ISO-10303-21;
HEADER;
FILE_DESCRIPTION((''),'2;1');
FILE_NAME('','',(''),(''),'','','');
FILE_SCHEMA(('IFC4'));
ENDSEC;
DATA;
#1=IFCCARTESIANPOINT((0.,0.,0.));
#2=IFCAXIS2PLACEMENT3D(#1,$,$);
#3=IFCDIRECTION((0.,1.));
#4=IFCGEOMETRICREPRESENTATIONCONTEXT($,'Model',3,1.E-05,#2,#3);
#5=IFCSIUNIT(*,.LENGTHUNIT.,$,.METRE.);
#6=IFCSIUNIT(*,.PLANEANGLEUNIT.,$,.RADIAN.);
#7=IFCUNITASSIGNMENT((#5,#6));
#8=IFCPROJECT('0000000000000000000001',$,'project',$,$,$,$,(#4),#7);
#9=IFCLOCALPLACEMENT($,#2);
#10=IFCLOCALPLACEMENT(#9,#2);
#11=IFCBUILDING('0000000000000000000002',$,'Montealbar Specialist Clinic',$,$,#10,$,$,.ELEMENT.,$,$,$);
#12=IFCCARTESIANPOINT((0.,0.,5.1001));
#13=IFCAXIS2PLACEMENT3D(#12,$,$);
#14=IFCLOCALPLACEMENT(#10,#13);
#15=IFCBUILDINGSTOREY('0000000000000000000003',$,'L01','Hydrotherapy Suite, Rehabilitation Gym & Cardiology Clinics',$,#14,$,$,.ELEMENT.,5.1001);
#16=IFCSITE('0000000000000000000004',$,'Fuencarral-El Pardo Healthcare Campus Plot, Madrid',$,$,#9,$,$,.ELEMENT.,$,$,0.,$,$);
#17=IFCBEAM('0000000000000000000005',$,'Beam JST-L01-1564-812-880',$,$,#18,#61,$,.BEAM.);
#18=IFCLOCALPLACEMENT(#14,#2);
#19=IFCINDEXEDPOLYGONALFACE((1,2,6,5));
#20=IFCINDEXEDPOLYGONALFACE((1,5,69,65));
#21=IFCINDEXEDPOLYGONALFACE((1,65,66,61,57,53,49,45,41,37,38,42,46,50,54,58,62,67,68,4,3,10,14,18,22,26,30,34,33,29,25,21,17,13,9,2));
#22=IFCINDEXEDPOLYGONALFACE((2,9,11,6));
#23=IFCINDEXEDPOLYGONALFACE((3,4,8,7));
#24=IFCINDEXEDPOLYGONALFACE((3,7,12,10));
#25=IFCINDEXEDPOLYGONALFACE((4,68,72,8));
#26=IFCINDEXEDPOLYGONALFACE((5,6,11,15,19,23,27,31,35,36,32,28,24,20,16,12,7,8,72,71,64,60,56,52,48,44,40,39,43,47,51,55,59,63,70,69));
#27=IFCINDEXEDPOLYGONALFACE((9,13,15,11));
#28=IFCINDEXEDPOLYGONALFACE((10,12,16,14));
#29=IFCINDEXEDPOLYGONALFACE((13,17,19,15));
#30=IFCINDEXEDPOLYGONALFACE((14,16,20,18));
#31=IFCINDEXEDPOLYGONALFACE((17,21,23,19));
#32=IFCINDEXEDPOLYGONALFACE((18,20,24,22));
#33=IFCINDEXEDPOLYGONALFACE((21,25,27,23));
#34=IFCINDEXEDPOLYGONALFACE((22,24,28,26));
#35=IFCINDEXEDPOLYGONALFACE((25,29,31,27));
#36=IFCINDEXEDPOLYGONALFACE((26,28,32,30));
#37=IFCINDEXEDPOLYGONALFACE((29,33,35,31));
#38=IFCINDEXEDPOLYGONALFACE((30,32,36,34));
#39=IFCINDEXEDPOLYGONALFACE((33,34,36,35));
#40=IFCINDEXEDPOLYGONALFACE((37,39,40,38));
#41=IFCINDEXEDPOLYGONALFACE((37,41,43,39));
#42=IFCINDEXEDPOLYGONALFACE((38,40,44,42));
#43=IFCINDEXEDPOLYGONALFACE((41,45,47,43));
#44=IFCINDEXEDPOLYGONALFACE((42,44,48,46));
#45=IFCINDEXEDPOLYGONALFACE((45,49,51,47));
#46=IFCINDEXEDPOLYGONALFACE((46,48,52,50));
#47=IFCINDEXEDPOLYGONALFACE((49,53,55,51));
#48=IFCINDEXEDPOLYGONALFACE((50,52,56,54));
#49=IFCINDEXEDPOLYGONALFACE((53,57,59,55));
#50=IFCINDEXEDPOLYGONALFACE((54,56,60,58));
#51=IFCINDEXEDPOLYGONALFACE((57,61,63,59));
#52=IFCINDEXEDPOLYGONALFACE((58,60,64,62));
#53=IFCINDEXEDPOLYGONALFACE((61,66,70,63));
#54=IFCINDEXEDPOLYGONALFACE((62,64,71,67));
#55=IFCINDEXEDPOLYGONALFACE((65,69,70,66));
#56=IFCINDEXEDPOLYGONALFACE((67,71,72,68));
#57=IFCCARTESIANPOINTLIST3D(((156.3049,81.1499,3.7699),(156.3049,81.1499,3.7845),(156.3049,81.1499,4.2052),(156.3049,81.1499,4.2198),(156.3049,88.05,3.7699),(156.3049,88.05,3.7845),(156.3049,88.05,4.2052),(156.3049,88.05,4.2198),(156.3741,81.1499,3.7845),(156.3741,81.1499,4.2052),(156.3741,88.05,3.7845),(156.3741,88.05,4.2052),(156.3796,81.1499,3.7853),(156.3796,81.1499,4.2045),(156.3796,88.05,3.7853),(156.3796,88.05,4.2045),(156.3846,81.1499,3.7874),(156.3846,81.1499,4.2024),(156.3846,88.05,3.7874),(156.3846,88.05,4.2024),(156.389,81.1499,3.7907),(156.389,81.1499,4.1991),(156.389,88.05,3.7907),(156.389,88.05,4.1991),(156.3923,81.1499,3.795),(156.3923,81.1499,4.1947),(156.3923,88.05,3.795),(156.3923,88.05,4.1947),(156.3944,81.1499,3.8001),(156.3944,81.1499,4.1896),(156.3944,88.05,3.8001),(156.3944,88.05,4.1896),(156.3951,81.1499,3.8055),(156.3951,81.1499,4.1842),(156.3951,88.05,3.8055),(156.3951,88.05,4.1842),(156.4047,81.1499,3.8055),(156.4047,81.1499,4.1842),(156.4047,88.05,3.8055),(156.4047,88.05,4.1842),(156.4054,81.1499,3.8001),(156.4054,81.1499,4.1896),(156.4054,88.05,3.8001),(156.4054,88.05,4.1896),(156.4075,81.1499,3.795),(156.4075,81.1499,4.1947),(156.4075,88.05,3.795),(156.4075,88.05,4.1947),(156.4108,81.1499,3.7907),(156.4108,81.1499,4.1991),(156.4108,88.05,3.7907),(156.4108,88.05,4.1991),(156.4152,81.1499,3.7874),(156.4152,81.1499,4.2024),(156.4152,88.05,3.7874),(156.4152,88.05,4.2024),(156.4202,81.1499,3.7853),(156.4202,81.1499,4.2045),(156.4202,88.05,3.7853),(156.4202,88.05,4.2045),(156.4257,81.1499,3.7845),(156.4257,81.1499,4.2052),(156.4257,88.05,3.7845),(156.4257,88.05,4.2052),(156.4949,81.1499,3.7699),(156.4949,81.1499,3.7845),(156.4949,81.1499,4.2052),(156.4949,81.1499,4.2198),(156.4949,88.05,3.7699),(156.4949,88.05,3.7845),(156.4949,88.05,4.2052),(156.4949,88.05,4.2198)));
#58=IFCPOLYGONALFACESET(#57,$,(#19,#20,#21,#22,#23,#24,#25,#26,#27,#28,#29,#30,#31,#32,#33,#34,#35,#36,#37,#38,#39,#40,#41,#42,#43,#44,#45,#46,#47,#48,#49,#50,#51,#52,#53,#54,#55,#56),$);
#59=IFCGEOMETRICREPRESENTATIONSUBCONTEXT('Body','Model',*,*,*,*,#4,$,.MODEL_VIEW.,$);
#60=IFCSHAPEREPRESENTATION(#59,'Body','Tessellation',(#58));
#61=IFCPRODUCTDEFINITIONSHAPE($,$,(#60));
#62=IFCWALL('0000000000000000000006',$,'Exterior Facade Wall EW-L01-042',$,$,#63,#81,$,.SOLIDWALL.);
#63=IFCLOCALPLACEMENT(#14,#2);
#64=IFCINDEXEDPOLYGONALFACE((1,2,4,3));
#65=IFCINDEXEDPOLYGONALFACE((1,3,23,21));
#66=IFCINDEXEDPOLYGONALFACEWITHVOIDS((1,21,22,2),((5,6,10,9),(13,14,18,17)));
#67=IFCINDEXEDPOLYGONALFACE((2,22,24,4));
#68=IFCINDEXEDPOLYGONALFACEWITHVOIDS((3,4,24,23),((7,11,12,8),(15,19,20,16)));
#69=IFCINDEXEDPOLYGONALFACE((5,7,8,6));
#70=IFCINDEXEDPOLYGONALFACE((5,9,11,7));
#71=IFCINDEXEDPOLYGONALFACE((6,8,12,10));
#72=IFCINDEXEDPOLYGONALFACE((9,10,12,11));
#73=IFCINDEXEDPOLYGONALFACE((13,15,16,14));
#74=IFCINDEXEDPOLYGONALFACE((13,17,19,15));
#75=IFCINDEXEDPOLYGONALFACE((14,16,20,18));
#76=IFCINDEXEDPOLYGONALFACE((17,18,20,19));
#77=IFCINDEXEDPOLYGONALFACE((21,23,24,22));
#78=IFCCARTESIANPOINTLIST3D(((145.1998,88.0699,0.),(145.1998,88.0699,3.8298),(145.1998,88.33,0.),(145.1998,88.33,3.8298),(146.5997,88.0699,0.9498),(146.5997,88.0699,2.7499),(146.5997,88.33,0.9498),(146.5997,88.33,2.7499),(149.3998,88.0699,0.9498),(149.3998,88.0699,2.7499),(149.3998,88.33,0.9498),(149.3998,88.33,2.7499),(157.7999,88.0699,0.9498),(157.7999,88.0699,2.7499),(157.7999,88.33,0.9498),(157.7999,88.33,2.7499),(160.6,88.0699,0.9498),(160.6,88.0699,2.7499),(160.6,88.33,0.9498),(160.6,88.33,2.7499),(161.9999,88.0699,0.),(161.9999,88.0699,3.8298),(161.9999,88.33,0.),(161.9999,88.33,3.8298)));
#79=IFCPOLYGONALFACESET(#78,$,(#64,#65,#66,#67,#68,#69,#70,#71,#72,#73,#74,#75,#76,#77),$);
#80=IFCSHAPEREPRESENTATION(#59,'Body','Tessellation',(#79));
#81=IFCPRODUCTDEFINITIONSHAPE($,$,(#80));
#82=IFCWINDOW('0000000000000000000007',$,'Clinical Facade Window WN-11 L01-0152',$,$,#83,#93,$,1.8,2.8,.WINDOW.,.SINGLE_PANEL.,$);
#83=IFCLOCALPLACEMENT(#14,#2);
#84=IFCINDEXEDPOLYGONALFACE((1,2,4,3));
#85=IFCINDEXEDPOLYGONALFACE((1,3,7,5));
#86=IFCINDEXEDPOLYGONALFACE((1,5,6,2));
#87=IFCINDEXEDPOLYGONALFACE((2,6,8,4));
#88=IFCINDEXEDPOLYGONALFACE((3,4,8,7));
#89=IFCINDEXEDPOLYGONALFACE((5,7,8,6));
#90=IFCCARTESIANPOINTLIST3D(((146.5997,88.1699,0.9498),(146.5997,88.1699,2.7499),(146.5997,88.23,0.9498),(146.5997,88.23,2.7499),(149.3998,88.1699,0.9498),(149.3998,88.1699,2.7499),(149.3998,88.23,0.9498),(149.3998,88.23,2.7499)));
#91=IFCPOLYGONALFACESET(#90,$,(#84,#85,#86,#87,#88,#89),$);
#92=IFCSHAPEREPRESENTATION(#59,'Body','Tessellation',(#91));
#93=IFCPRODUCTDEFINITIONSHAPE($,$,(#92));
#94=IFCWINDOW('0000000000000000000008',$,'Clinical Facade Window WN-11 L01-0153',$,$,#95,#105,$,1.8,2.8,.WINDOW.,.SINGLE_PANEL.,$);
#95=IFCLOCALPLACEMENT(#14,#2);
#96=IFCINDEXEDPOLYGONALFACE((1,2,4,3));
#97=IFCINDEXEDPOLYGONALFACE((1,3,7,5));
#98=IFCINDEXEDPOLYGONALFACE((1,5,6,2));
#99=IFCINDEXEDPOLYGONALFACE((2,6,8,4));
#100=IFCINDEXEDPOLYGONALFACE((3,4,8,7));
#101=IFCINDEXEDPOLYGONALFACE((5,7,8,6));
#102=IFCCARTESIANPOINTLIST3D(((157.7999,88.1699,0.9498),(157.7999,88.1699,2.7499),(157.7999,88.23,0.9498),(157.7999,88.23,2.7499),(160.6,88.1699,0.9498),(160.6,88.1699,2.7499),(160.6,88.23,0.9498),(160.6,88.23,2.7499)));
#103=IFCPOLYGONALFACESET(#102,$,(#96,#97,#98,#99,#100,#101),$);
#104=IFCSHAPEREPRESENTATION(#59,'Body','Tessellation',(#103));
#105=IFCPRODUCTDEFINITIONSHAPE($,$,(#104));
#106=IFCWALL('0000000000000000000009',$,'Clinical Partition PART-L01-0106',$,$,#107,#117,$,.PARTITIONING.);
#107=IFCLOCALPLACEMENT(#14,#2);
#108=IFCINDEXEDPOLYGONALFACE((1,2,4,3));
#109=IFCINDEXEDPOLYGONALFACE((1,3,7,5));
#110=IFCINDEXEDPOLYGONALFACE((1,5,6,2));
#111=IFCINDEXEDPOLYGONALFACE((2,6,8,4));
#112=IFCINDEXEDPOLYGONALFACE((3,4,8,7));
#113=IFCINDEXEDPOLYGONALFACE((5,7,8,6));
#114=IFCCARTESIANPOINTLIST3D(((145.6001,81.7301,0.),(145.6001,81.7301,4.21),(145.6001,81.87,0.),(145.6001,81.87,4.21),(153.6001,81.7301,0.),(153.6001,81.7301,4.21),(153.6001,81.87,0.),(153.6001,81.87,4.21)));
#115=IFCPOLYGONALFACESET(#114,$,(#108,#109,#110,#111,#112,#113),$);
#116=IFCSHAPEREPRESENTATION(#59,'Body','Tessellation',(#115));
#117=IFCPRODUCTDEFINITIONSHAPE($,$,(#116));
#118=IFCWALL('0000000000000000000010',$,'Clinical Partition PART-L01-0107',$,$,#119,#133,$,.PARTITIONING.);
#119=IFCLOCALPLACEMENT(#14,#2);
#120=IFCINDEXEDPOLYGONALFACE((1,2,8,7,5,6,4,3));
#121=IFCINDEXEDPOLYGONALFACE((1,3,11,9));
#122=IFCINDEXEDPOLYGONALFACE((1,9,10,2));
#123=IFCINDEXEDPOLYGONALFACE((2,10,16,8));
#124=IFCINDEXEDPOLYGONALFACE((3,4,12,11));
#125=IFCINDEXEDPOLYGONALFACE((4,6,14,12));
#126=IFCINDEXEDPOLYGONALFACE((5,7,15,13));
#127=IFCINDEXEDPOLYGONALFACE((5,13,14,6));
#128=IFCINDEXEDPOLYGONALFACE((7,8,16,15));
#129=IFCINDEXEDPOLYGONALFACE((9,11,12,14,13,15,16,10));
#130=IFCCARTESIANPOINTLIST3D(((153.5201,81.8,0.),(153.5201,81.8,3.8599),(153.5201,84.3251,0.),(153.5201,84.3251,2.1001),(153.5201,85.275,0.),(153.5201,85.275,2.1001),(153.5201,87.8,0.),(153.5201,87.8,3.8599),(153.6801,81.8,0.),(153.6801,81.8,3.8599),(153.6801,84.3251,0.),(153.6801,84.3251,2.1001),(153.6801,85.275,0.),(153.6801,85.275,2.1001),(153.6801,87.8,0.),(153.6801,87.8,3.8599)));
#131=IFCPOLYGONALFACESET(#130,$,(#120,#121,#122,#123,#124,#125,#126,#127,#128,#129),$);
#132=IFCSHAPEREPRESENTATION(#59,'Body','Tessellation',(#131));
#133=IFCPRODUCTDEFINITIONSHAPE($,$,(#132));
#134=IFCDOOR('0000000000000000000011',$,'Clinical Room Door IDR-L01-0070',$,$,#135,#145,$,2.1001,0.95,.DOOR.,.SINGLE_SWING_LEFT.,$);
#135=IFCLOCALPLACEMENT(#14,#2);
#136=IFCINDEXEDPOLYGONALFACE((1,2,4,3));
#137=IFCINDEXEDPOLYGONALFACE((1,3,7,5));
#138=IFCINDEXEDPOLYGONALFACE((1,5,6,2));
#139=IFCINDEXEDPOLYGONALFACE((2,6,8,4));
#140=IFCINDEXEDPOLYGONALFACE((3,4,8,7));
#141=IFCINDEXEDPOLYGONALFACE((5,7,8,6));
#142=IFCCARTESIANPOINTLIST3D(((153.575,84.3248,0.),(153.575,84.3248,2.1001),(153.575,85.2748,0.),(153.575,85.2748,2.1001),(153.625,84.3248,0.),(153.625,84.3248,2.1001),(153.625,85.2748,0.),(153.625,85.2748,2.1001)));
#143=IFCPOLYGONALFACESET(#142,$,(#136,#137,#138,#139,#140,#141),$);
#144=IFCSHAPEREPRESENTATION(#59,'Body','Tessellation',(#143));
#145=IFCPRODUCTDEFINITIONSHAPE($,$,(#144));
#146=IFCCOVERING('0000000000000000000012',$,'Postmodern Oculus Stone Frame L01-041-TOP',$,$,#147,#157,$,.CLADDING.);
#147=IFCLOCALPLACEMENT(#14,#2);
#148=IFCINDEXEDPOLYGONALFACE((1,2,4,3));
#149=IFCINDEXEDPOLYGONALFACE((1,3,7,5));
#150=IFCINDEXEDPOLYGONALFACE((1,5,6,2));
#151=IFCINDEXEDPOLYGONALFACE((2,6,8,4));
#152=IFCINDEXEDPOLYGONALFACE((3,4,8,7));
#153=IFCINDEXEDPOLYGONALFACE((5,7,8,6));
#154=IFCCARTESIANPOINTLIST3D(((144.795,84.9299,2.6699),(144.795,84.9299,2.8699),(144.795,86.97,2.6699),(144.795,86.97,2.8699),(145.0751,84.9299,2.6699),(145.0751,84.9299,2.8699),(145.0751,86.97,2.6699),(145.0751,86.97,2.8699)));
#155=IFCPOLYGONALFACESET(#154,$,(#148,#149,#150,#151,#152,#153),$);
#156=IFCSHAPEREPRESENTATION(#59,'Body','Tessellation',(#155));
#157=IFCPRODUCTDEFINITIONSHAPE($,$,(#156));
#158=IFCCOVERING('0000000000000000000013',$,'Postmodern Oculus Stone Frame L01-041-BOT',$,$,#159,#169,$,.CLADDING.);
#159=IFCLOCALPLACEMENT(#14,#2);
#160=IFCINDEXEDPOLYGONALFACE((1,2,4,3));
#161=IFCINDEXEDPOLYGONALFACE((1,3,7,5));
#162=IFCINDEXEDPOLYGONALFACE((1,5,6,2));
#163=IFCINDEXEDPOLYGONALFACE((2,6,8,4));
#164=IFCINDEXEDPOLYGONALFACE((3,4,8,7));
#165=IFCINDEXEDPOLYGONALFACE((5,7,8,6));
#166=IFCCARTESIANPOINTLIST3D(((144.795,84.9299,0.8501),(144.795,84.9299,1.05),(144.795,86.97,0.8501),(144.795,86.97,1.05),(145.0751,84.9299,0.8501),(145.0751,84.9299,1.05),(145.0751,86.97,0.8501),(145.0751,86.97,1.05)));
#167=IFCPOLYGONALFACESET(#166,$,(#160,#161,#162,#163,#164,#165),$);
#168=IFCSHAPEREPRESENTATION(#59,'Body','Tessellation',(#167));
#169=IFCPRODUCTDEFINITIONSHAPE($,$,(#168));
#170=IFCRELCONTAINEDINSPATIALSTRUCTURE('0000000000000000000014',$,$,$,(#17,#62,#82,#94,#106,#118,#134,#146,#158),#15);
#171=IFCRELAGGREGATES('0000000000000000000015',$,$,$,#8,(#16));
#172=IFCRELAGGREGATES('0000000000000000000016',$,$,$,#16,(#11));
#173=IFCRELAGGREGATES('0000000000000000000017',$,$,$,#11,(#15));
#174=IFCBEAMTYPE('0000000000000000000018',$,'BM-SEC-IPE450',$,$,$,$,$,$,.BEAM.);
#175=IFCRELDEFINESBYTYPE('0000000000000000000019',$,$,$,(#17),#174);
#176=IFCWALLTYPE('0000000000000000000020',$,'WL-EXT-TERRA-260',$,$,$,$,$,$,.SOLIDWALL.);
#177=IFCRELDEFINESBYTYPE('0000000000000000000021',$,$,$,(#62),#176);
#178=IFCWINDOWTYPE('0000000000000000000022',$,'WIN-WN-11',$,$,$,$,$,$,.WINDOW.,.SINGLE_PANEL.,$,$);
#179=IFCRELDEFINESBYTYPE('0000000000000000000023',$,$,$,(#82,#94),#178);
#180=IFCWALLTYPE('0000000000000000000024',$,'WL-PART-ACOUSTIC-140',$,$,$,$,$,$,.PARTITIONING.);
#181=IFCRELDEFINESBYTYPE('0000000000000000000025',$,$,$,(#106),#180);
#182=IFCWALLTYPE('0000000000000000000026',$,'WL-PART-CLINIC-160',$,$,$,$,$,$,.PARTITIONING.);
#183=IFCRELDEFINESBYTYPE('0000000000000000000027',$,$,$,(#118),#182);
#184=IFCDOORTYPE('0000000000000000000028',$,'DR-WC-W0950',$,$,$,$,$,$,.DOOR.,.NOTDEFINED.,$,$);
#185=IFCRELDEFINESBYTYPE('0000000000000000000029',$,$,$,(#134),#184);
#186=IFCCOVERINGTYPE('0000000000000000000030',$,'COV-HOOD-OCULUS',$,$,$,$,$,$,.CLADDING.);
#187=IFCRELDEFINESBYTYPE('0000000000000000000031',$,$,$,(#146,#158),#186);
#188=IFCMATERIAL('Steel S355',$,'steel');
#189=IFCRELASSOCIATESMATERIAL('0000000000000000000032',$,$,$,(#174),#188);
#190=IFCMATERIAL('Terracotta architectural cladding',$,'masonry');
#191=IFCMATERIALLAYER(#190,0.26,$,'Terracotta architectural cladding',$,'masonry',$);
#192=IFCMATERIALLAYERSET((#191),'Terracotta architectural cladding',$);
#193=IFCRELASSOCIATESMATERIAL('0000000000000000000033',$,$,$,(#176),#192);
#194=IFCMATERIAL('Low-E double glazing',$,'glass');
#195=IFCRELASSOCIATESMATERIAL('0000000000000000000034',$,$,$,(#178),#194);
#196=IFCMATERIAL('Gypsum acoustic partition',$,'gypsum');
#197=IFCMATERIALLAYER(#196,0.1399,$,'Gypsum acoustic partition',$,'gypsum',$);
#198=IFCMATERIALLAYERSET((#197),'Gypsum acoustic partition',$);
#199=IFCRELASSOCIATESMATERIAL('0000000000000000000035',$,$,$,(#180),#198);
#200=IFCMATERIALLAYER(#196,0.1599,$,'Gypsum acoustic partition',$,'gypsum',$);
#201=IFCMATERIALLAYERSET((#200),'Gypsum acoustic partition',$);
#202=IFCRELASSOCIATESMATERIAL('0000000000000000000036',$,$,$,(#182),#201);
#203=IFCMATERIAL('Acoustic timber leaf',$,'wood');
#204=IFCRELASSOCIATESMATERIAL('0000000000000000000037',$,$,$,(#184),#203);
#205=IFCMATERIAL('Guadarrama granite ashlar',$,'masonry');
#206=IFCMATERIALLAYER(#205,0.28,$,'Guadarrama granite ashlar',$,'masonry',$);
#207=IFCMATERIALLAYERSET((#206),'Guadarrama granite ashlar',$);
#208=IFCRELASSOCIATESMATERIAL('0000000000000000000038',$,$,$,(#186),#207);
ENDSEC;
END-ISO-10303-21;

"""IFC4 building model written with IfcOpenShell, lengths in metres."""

from ifc_helpers import new_model, si_unit, direction, frame, frame_2d, origin, origin_2d, place, context, subcontext, project, spatial, rectangle, i_section, extrude, material, layer, layer_set, material_profile, profile_set, type_object, element, fill, save


model = new_model("IFC4")

# Units and contexts
model_context = context("Model", 3, precision=1e-05, world=origin(), true_north=direction((0.0, 1.0)))
body_context = subcontext(model_context, "Body", "Model", "MODEL_VIEW")
ifc_project = project(units=[si_unit("LENGTHUNIT", "METRE"), si_unit("PLANEANGLEUNIT", "RADIAN")], contexts=[model_context])

# Site, building, storey
site_placement = place(None, origin())
site = spatial("IfcSite", under=ifc_project, at=site_placement, Name="Fuencarral-El Pardo Healthcare Campus Plot, Madrid", CompositionType="ELEMENT", RefElevation=0.0)
building_placement = place(site_placement, origin())
building = spatial("IfcBuilding", under=site, at=building_placement, Name="Montealbar Specialist Clinic", CompositionType="ELEMENT")
storey_placement = place(building_placement, frame((0.0, 0.0, 5.1001)))
storey = spatial("IfcBuildingStorey", under=building, at=storey_placement, Name="L01", Description="Hydrotherapy Suite, Rehabilitation Gym & Cardiology Clinics", CompositionType="ELEMENT", Elevation=5.1001)

# Shared definitions
ifc_material_1 = material(Name="Steel S355", Category="steel")

# Beam
ifc_material_profile_1 = material_profile(ifc_material_1, i_section(OverallWidth=0.1899, OverallDepth=0.45, WebThickness=0.0095, FlangeThickness=0.0146, FilletRadius=0.021, at=origin_2d()), Name="IPE 450", Category="steel")
ifc_profile_set_1 = profile_set([ifc_material_profile_1], Name="Steel S355")
beam_type_1 = type_object("IfcBeamType", Name="BM-SEC-IPE450", PredefinedType="BEAM", material=ifc_profile_set_1)
beam_1_placement = place(storey_placement, frame((156.3999, 81.1499, 3.9949), z_axis=(0.0, 1.0, 0.0), x_axis=(-1.0, 0.0, 0.0)))
element("IfcBeam", 1, at=beam_1_placement, inside=storey, type_object=beam_type_1, Name="Beam JST-L01-1564-812-880", PredefinedType="BEAM", context=body_context, shape_type="SweptSolid", body=[
    extrude(i_section(OverallWidth=0.1899, OverallDepth=0.45, WebThickness=0.0095, FlangeThickness=0.0146, FilletRadius=0.021, at=origin_2d()), origin(), (0.0, 0.0, 1.0), 6.9001),
])

# Wall, openings, windows
ifc_material_2 = material(Name="Terracotta architectural cladding", Category="masonry")
ifc_layer_1 = layer(ifc_material_2, 0.26, Name="Terracotta architectural cladding", Category="masonry")
ifc_layer_set_1 = layer_set([ifc_layer_1], Name="Terracotta architectural cladding")
wall_type_1 = type_object("IfcWallType", Name="WL-EXT-TERRA-260", PredefinedType="SOLIDWALL", material=ifc_layer_set_1)
wall_1_placement = place(storey_placement, frame((145.2, 88.2, 0.0), z_axis=(0.0, 0.0, 1.0), x_axis=(1.0, 0.0, 0.0)))
wall_1 = element("IfcWall", 2, at=wall_1_placement, inside=storey, type_object=wall_type_1, Name="Exterior Facade Wall EW-L01-042", PredefinedType="SOLIDWALL", context=body_context, shape_type="SweptSolid", body=[
    extrude(rectangle(XDim=16.8, YDim=0.26, at=frame_2d((8.3999, 0.0))), origin(), (0.0, 0.0, 1.0), 3.8298),
])
opening_1_placement = place(wall_1_placement, frame((1.3999, 0.0, 0.95)))
opening_1 = element("IfcOpeningElement", 3, at=opening_1_placement, cuts=wall_1, PredefinedType="OPENING", context=body_context, shape_type="SweptSolid", body=[
    extrude(rectangle(XDim=2.8, YDim=1.8, at=frame_2d((1.3999, 0.8999))), frame((0.0, 0.1399, 0.0), z_axis=(0.0, -1.0, 0.0), x_axis=(1.0, 0.0, 0.0)), (0.0, 0.0, 1.0), 0.28),
])
opening_2_placement = place(wall_1_placement, frame((12.6001, 0.0, 0.95)))
opening_2 = element("IfcOpeningElement", 4, at=opening_2_placement, cuts=wall_1, PredefinedType="OPENING", context=body_context, shape_type="SweptSolid", body=[
    extrude(rectangle(XDim=2.8, YDim=1.8, at=frame_2d((1.3999, 0.8999))), frame((0.0, 0.1399, 0.0), z_axis=(0.0, -1.0, 0.0), x_axis=(1.0, 0.0, 0.0)), (0.0, 0.0, 1.0), 0.28),
])
ifc_material_3 = material(Name="Low-E double glazing", Category="glass")
window_type = type_object("IfcWindowType", Name="WIN-WN-11", PartitioningType="SINGLE_PANEL", PredefinedType="WINDOW", material=ifc_material_3)
window_1_placement = place(opening_1_placement, origin())
window_1 = element("IfcWindow", 5, at=window_1_placement, inside=storey, type_object=window_type, Name="Clinical Facade Window WN-11 L01-0152", OverallHeight=1.8, OverallWidth=2.8, PartitioningType="SINGLE_PANEL", PredefinedType="WINDOW", context=body_context, shape_type="SweptSolid", body=[
    extrude(rectangle(XDim=2.8, YDim=1.8, at=frame_2d((1.3999, 0.8999))), frame((0.0, 0.03, 0.0), z_axis=(0.0, -1.0, 0.0), x_axis=(1.0, 0.0, 0.0)), (0.0, 0.0, 1.0), 0.0601),
])
fill(opening_1, window_1)
window_2_placement = place(opening_2_placement, origin())
window_2 = element("IfcWindow", 6, at=window_2_placement, inside=storey, type_object=window_type, Name="Clinical Facade Window WN-11 L01-0153", OverallHeight=1.8, OverallWidth=2.8, PartitioningType="SINGLE_PANEL", PredefinedType="WINDOW", context=body_context, shape_type="SweptSolid", body=[
    extrude(rectangle(XDim=2.8, YDim=1.8, at=frame_2d((1.3999, 0.8999))), frame((0.0, 0.03, 0.0), z_axis=(0.0, -1.0, 0.0), x_axis=(1.0, 0.0, 0.0)), (0.0, 0.0, 1.0), 0.0601),
])
fill(opening_2, window_2)

# Wall
ifc_material_4 = material(Name="Gypsum acoustic partition", Category="gypsum")
ifc_layer_2 = layer(ifc_material_4, 0.1399, Name="Gypsum acoustic partition", Category="gypsum")
ifc_layer_set_2 = layer_set([ifc_layer_2], Name="Gypsum acoustic partition")
wall_type_2 = type_object("IfcWallType", Name="WL-PART-ACOUSTIC-140", PredefinedType="PARTITIONING", material=ifc_layer_set_2)
wall_2_placement = place(storey_placement, frame((145.6001, 81.8, 0.0), z_axis=(0.0, 0.0, 1.0), x_axis=(1.0, 0.0, 0.0)))
element("IfcWall", 7, at=wall_2_placement, inside=storey, type_object=wall_type_2, Name="Clinical Partition PART-L01-0106", PredefinedType="PARTITIONING", context=body_context, shape_type="SweptSolid", body=[
    extrude(rectangle(XDim=8.0, YDim=0.1399, at=frame_2d((4.0, 0.0))), origin(), (0.0, 0.0, 1.0), 4.21),
])

# Wall, opening, door
ifc_layer_3 = layer(ifc_material_4, 0.1599, Name="Gypsum acoustic partition", Category="gypsum")
ifc_layer_set_3 = layer_set([ifc_layer_3], Name="Gypsum acoustic partition")
wall_type_3 = type_object("IfcWallType", Name="WL-PART-CLINIC-160", PredefinedType="PARTITIONING", material=ifc_layer_set_3)
wall_3_placement = place(storey_placement, frame((153.6001, 81.8, 0.0), z_axis=(0.0, 0.0, 1.0), x_axis=(0.0, 1.0, 0.0)))
wall_3 = element("IfcWall", 8, at=wall_3_placement, inside=storey, type_object=wall_type_3, Name="Clinical Partition PART-L01-0107", PredefinedType="PARTITIONING", context=body_context, shape_type="SweptSolid", body=[
    extrude(rectangle(XDim=6.0, YDim=0.1599, at=frame_2d((3.0, 0.0))), origin(), (0.0, 0.0, 1.0), 3.8599),
])
opening_3_placement = place(wall_3_placement, frame((2.5249, 0.0, 0.0)))
opening_3 = element("IfcOpeningElement", 9, at=opening_3_placement, cuts=wall_3, PredefinedType="OPENING", context=body_context, shape_type="SweptSolid", body=[
    extrude(rectangle(XDim=0.95, YDim=2.1001, at=frame_2d((0.4751, 1.05))), frame((0.0, 0.0898, 0.0), z_axis=(0.0, -1.0, 0.0), x_axis=(1.0, 0.0, 0.0)), (0.0, 0.0, 1.0), 0.1799),
])
ifc_material_5 = material(Name="Acoustic timber leaf", Category="wood")
door_type = type_object("IfcDoorType", Name="DR-WC-W0950", OperationType="NOTDEFINED", PredefinedType="DOOR", material=ifc_material_5)
door_placement = place(opening_3_placement, frame((0.95, 0.0, 0.0), z_axis=(0.0, 0.0, 1.0), x_axis=(-1.0, 0.0, 0.0)))
door = element("IfcDoor", 10, at=door_placement, inside=storey, type_object=door_type, Name="Clinical Room Door IDR-L01-0070", OperationType="SINGLE_SWING_LEFT", OverallHeight=2.1001, OverallWidth=0.95, PredefinedType="DOOR", context=body_context, shape_type="SweptSolid", body=[
    extrude(rectangle(XDim=0.95, YDim=2.1001, at=frame_2d((0.4751, 1.05))), frame((0.0, 0.0249, 0.0), z_axis=(0.0, -1.0, 0.0), x_axis=(1.0, 0.0, 0.0)), (0.0, 0.0, 1.0), 0.05),
])
fill(opening_3, door)

# Coverings
ifc_material_6 = material(Name="Guadarrama granite ashlar", Category="masonry")
ifc_layer_4 = layer(ifc_material_6, 0.28, Name="Guadarrama granite ashlar", Category="masonry")
ifc_layer_set_4 = layer_set([ifc_layer_4], Name="Guadarrama granite ashlar")
covering_type = type_object("IfcCoveringType", Name="COV-HOOD-OCULUS", PredefinedType="CLADDING", material=ifc_layer_set_4)
for number, where, z_axis, x_axis, name in (
    (11, (144.9351, 85.95, 2.6699), (0.0, 0.0, 1.0), (0.0, 1.0, 0.0), "Postmodern Oculus Stone Frame L01-041-TOP"),
    (12, (144.9351, 85.95, 0.8501), (0.0, 0.0, 1.0), (0.0, 1.0, 0.0), "Postmodern Oculus Stone Frame L01-041-BOT"),
):
    element("IfcCovering", number, at=place(storey_placement, frame(where, z_axis=z_axis, x_axis=x_axis)), inside=storey, type_object=covering_type, Name=name, PredefinedType="CLADDING", context=body_context, shape_type="SweptSolid", body=[
        extrude(rectangle(XDim=2.04, YDim=0.28, at=origin_2d()), origin(), (0.0, 0.0, 1.0), 0.2),
    ])

save(model, "model.ifc")
